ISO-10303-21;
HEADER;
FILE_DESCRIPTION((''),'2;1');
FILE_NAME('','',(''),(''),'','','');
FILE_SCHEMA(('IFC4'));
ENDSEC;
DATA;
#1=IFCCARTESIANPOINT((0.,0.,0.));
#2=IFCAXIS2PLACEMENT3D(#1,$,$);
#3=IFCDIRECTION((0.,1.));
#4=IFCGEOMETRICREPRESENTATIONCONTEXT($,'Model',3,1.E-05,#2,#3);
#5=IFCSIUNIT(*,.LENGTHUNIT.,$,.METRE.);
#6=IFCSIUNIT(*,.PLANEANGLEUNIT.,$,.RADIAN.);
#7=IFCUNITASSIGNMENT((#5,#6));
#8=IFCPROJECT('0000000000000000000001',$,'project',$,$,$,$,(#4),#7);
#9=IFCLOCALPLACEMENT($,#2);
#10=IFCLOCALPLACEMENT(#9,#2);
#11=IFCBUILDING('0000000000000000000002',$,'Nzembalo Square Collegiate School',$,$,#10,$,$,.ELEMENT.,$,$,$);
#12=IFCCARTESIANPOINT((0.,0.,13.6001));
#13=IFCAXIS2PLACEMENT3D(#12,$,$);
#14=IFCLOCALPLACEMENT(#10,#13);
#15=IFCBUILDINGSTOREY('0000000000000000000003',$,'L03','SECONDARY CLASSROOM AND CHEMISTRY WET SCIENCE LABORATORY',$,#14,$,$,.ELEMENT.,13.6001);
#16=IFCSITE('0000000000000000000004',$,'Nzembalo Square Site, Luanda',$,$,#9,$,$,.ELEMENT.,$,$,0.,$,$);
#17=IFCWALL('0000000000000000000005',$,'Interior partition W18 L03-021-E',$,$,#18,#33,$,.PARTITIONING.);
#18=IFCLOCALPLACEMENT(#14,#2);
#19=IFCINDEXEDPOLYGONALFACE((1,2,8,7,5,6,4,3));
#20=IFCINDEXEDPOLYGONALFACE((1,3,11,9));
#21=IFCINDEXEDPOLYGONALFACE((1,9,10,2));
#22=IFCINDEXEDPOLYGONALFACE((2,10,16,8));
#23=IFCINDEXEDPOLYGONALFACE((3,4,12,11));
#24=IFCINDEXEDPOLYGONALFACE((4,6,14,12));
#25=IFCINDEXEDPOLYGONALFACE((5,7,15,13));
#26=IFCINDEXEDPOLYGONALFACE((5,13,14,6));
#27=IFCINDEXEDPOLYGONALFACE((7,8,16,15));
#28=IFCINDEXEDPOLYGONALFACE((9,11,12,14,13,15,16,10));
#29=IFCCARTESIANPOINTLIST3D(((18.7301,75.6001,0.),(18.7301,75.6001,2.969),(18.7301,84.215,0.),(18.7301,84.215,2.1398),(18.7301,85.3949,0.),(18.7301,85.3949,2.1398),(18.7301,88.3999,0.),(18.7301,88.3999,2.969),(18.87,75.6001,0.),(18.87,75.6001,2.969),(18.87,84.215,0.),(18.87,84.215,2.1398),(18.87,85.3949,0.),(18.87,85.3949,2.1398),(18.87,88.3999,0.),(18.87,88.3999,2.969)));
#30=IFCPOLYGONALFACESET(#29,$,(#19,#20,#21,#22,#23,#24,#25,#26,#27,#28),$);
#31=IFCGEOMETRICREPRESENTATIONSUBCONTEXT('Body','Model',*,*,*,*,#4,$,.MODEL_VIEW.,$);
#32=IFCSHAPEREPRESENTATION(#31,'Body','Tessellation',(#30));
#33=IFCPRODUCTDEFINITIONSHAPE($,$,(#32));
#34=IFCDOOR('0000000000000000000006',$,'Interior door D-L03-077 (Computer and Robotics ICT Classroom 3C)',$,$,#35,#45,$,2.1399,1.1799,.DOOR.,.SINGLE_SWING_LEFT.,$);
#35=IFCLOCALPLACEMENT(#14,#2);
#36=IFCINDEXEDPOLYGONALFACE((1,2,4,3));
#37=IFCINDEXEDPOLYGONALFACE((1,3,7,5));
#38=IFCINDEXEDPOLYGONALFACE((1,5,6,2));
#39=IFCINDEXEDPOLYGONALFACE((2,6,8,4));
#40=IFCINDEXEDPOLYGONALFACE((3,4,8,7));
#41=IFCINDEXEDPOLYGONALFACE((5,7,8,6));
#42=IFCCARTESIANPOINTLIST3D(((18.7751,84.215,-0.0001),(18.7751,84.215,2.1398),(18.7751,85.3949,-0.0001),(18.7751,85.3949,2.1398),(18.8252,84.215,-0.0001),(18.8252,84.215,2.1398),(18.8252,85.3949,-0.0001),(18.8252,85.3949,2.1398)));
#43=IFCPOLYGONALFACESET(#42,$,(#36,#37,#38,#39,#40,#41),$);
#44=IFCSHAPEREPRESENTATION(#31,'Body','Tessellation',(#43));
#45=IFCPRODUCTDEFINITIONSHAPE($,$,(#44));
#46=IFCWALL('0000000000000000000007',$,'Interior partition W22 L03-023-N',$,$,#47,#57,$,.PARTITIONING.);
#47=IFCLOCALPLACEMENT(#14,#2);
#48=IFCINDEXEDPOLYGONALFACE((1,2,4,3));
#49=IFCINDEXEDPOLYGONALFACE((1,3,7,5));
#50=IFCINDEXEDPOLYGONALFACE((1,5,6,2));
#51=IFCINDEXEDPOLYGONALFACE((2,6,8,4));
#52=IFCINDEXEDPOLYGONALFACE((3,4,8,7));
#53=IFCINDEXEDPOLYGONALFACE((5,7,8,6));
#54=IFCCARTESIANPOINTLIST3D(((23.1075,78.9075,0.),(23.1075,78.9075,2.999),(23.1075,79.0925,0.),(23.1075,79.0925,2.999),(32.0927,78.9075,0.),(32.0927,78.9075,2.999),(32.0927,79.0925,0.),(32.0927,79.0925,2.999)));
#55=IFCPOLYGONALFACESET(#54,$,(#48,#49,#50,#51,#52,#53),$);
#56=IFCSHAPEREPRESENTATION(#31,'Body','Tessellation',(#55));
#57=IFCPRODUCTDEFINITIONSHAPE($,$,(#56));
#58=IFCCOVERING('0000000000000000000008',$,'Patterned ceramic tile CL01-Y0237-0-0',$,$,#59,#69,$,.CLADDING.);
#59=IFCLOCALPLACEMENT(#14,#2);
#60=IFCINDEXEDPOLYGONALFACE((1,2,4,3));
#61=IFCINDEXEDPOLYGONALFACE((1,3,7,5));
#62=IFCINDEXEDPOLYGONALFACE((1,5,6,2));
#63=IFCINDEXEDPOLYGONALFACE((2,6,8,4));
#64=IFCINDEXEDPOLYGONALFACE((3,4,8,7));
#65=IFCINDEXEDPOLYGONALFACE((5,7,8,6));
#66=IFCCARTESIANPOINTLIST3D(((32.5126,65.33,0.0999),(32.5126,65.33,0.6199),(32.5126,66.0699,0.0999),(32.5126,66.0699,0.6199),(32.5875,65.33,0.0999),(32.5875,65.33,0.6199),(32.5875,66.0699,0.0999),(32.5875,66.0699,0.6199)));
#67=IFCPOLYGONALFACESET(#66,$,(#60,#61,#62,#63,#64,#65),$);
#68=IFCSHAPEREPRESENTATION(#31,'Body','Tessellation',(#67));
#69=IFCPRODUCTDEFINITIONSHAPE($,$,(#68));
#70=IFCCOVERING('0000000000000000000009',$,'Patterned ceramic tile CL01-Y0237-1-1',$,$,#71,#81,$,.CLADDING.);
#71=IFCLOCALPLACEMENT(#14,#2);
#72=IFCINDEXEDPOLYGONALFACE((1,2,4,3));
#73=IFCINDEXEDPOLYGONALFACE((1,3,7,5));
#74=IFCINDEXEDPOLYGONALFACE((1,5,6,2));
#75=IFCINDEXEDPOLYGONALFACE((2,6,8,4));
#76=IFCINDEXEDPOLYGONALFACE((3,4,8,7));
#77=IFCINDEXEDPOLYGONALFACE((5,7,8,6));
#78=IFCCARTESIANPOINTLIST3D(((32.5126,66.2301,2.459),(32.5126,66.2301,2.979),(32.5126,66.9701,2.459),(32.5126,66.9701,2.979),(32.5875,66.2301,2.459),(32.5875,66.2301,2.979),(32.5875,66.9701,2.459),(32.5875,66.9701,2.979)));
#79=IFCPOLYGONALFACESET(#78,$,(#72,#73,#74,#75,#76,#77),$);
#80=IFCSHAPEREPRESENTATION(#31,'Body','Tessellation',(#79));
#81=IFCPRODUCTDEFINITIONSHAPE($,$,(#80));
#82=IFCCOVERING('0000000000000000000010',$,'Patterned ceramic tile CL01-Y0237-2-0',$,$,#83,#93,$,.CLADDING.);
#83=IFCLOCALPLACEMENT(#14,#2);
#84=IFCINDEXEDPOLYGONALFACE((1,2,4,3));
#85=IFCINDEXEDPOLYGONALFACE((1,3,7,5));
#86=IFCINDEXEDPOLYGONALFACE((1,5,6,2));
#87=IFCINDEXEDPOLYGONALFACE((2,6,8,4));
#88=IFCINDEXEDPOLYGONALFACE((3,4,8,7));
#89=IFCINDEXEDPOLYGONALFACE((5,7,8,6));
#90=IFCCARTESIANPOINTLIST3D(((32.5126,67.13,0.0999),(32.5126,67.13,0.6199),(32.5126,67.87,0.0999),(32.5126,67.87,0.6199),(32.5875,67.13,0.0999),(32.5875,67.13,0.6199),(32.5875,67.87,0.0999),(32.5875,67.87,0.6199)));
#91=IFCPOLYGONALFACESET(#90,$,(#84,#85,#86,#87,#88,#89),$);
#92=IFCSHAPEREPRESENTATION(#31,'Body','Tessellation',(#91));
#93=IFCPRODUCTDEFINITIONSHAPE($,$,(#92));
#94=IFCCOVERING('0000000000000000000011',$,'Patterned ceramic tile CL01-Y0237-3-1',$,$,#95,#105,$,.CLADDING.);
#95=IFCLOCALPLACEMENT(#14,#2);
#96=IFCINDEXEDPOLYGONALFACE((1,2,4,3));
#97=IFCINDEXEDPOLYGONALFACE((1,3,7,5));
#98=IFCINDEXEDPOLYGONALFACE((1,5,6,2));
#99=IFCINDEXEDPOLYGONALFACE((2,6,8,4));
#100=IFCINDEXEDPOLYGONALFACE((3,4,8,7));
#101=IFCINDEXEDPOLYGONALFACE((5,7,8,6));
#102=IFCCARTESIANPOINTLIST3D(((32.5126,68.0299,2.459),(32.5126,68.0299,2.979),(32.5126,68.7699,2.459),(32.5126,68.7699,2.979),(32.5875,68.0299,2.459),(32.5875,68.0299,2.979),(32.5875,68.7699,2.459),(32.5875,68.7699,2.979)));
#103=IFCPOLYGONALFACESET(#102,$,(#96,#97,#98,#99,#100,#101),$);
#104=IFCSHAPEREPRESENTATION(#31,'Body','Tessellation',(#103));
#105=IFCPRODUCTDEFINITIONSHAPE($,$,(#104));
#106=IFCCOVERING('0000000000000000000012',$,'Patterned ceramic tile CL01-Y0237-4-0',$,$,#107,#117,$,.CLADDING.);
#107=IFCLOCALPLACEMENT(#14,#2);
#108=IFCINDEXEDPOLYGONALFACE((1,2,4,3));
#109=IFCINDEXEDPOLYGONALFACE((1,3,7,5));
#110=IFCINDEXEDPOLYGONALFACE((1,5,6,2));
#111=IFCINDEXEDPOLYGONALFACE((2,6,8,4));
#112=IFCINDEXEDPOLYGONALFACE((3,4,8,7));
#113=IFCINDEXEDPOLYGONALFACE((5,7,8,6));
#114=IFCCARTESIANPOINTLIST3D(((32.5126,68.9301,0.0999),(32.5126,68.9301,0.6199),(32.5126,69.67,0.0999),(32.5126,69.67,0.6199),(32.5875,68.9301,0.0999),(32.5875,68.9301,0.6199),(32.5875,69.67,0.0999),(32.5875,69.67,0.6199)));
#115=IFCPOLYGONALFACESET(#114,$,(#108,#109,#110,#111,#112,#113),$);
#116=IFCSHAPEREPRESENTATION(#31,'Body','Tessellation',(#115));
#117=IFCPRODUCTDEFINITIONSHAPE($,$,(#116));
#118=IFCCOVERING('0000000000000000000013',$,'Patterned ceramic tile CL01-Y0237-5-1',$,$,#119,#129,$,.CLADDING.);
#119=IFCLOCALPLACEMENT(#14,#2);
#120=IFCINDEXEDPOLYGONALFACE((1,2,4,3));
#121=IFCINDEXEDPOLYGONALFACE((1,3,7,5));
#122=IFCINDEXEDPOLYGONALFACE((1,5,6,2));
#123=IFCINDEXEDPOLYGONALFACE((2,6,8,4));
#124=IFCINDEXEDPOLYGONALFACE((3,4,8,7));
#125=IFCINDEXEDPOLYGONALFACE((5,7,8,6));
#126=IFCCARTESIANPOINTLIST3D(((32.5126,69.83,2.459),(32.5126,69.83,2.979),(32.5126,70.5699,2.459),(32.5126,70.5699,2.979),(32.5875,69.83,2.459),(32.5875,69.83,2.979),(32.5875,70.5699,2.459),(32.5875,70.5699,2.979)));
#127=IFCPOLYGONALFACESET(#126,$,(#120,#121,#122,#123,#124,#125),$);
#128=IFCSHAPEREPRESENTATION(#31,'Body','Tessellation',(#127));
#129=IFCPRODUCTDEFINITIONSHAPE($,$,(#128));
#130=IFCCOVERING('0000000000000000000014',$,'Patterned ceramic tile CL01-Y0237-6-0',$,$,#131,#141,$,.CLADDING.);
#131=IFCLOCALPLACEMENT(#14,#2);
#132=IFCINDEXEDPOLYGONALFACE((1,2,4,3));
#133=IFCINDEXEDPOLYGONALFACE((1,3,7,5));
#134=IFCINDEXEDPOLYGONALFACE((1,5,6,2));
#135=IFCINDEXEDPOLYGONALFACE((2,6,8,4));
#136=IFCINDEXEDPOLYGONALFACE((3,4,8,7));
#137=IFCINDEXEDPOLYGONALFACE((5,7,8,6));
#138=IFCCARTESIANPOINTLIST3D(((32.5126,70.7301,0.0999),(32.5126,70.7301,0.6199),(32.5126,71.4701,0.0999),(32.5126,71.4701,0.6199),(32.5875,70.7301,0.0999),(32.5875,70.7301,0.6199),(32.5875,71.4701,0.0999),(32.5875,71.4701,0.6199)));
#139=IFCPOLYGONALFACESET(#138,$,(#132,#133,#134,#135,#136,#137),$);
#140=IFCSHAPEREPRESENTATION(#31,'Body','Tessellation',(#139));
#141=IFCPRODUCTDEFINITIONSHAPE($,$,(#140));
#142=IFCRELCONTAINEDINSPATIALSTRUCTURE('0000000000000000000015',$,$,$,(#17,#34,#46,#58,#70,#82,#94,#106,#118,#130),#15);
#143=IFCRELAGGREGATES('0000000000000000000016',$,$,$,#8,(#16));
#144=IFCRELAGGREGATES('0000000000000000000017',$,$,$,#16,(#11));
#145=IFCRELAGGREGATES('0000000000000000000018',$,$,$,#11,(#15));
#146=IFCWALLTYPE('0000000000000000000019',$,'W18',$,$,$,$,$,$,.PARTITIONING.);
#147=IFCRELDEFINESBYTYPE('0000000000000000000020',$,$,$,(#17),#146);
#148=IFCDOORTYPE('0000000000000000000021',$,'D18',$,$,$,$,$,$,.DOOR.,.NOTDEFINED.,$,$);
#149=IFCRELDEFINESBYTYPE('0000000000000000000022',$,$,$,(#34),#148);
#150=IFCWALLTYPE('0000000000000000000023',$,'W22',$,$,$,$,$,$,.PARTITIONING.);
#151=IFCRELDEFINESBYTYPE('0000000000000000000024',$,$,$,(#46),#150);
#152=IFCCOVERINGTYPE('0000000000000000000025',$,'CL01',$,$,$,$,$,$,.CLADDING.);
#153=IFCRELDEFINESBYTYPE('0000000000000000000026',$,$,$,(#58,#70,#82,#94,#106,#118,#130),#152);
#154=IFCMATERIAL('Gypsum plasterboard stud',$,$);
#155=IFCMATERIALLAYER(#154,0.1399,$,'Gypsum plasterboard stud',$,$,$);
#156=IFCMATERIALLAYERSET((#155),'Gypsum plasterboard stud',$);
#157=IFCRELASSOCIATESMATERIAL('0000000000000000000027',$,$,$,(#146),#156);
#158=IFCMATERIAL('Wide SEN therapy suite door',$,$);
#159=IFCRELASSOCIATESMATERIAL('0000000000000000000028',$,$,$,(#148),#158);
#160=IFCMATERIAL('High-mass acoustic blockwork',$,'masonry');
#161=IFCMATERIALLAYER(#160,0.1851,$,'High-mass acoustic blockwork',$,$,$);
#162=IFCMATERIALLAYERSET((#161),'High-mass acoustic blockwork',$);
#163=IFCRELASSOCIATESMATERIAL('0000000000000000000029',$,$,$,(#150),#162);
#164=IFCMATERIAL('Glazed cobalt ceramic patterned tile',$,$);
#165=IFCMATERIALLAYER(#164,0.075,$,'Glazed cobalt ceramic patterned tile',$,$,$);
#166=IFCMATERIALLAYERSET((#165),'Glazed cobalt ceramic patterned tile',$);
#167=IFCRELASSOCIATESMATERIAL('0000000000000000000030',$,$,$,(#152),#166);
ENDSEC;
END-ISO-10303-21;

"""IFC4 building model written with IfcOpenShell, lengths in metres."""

from ifc_helpers import new_model, si_unit, direction, frame, frame_2d, origin, origin_2d, place, context, subcontext, project, spatial, rectangle, extrude, material, layer, layer_set, type_object, element, fill, save


model = new_model("IFC4")

# Units and contexts
model_context = context("Model", 3, precision=1e-05, world=origin(), true_north=direction((0.0, 1.0)))
body_context = subcontext(model_context, "Body", "Model", "MODEL_VIEW")
ifc_project = project(units=[si_unit("LENGTHUNIT", "METRE"), si_unit("PLANEANGLEUNIT", "RADIAN")], contexts=[model_context])

# Site, building, storey
site_placement = place(None, origin())
site = spatial("IfcSite", under=ifc_project, at=site_placement, Name="Nzembalo Square Site, Luanda", CompositionType="ELEMENT", RefElevation=0.0)
building_placement = place(site_placement, origin())
building = spatial("IfcBuilding", under=site, at=building_placement, Name="Nzembalo Square Collegiate School", CompositionType="ELEMENT")
storey_placement = place(building_placement, frame((0.0, 0.0, 13.6001)))
storey = spatial("IfcBuildingStorey", under=building, at=storey_placement, Name="L03", Description="SECONDARY CLASSROOM AND CHEMISTRY WET SCIENCE LABORATORY", CompositionType="ELEMENT", Elevation=13.6001)

# Wall, opening, door
ifc_material_1 = material(Name="Gypsum plasterboard stud")
ifc_layer_1 = layer(ifc_material_1, 0.1399, Name="Gypsum plasterboard stud")
ifc_layer_set_1 = layer_set([ifc_layer_1], Name="Gypsum plasterboard stud")
wall_type_1 = type_object("IfcWallType", Name="W18", PredefinedType="PARTITIONING", material=ifc_layer_set_1)
wall_1_placement = place(storey_placement, frame((18.8, 75.6001, 0.0), z_axis=(0.0, 0.0, 1.0), x_axis=(0.0, 1.0, 0.0)))
wall_1 = element("IfcWall", 1, at=wall_1_placement, inside=storey, type_object=wall_type_1, Name="Interior partition W18 L03-021-E", PredefinedType="PARTITIONING", context=body_context, shape_type="SweptSolid", body=[
    extrude(rectangle(XDim=12.7998, YDim=0.1399, at=frame_2d((6.3999, 0.0))), origin(), (0.0, 0.0, 1.0), 2.969),
])
opening_1_placement = place(wall_1_placement, frame((8.615, 0.0, 0.0)))
opening_1 = element("IfcOpeningElement", 2, at=opening_1_placement, cuts=wall_1, PredefinedType="OPENING", context=body_context, shape_type="SweptSolid", body=[
    extrude(rectangle(XDim=1.1799, YDim=2.1399, at=frame_2d((0.5898, 1.0698))), frame((0.0, 0.0801, 0.0), z_axis=(0.0, -1.0, 0.0), x_axis=(1.0, 0.0, 0.0)), (0.0, 0.0, 1.0), 0.1599),
])
ifc_material_2 = material(Name="Wide SEN therapy suite door")
door_type = type_object("IfcDoorType", Name="D18", OperationType="NOTDEFINED", PredefinedType="DOOR", material=ifc_material_2)
door_placement = place(opening_1_placement, origin())
door = element("IfcDoor", 3, at=door_placement, inside=storey, type_object=door_type, Name="Interior door D-L03-077 (Computer and Robotics ICT Classroom 3C)", OperationType="SINGLE_SWING_LEFT", OverallHeight=2.1399, OverallWidth=1.1799, PredefinedType="DOOR", context=body_context, shape_type="SweptSolid", body=[
    extrude(rectangle(XDim=1.1799, YDim=2.1399, at=frame_2d((0.5898, 1.0698))), frame((0.0, 0.0249, 0.0), z_axis=(0.0, -1.0, 0.0), x_axis=(1.0, 0.0, 0.0)), (0.0, 0.0, 1.0), 0.05),
])
fill(opening_1, door)

# Wall
ifc_material_3 = material(Name="High-mass acoustic blockwork", Category="masonry")
ifc_layer_2 = layer(ifc_material_3, 0.1851, Name="High-mass acoustic blockwork")
ifc_layer_set_2 = layer_set([ifc_layer_2], Name="High-mass acoustic blockwork")
wall_type_2 = type_object("IfcWallType", Name="W22", PredefinedType="PARTITIONING", material=ifc_layer_set_2)
wall_2_placement = place(storey_placement, frame((23.1074, 79.0, 0.0), z_axis=(0.0, 0.0, 1.0), x_axis=(1.0, 0.0, 0.0)))
element("IfcWall", 4, at=wall_2_placement, inside=storey, type_object=wall_type_2, Name="Interior partition W22 L03-023-N", PredefinedType="PARTITIONING", context=body_context, shape_type="SweptSolid", body=[
    extrude(rectangle(XDim=8.9851, YDim=0.1851, at=frame_2d((4.4927, 0.0))), origin(), (0.0, 0.0, 1.0), 2.999),
])

# Coverings
ifc_material_4 = material(Name="Glazed cobalt ceramic patterned tile")
ifc_layer_3 = layer(ifc_material_4, 0.075, Name="Glazed cobalt ceramic patterned tile")
ifc_layer_set_3 = layer_set([ifc_layer_3], Name="Glazed cobalt ceramic patterned tile")
covering_type = type_object("IfcCoveringType", Name="CL01", PredefinedType="CLADDING", material=ifc_layer_set_3)
for number, where, z_axis, x_axis, name in (
    (5, (32.55, 65.7, 0.0999), (0.0, 0.0, 1.0), (1.0, 0.0, 0.0), "Patterned ceramic tile CL01-Y0237-0-0"),
    (6, (32.55, 66.6001, 2.459), (0.0, 0.0, 1.0), (1.0, 0.0, 0.0), "Patterned ceramic tile CL01-Y0237-1-1"),
    (7, (32.55, 67.5, 0.0999), (0.0, 0.0, 1.0), (1.0, 0.0, 0.0), "Patterned ceramic tile CL01-Y0237-2-0"),
    (8, (32.55, 68.3999, 2.459), (0.0, 0.0, 1.0), (1.0, 0.0, 0.0), "Patterned ceramic tile CL01-Y0237-3-1"),
    (9, (32.55, 69.3, 0.0999), (0.0, 0.0, 1.0), (1.0, 0.0, 0.0), "Patterned ceramic tile CL01-Y0237-4-0"),
    (10, (32.55, 70.2, 2.459), (0.0, 0.0, 1.0), (1.0, 0.0, 0.0), "Patterned ceramic tile CL01-Y0237-5-1"),
    (11, (32.55, 71.1001, 0.0999), (0.0, 0.0, 1.0), (1.0, 0.0, 0.0), "Patterned ceramic tile CL01-Y0237-6-0"),
):
    element("IfcCovering", number, at=place(storey_placement, frame(where, z_axis=z_axis, x_axis=x_axis)), inside=storey, type_object=covering_type, Name=name, PredefinedType="CLADDING", context=body_context, shape_type="SweptSolid", body=[
        extrude(rectangle(XDim=0.075, YDim=0.74, at=origin_2d()), origin(), (0.0, 0.0, 1.0), 0.52),
    ])

save(model, "model.ifc")
